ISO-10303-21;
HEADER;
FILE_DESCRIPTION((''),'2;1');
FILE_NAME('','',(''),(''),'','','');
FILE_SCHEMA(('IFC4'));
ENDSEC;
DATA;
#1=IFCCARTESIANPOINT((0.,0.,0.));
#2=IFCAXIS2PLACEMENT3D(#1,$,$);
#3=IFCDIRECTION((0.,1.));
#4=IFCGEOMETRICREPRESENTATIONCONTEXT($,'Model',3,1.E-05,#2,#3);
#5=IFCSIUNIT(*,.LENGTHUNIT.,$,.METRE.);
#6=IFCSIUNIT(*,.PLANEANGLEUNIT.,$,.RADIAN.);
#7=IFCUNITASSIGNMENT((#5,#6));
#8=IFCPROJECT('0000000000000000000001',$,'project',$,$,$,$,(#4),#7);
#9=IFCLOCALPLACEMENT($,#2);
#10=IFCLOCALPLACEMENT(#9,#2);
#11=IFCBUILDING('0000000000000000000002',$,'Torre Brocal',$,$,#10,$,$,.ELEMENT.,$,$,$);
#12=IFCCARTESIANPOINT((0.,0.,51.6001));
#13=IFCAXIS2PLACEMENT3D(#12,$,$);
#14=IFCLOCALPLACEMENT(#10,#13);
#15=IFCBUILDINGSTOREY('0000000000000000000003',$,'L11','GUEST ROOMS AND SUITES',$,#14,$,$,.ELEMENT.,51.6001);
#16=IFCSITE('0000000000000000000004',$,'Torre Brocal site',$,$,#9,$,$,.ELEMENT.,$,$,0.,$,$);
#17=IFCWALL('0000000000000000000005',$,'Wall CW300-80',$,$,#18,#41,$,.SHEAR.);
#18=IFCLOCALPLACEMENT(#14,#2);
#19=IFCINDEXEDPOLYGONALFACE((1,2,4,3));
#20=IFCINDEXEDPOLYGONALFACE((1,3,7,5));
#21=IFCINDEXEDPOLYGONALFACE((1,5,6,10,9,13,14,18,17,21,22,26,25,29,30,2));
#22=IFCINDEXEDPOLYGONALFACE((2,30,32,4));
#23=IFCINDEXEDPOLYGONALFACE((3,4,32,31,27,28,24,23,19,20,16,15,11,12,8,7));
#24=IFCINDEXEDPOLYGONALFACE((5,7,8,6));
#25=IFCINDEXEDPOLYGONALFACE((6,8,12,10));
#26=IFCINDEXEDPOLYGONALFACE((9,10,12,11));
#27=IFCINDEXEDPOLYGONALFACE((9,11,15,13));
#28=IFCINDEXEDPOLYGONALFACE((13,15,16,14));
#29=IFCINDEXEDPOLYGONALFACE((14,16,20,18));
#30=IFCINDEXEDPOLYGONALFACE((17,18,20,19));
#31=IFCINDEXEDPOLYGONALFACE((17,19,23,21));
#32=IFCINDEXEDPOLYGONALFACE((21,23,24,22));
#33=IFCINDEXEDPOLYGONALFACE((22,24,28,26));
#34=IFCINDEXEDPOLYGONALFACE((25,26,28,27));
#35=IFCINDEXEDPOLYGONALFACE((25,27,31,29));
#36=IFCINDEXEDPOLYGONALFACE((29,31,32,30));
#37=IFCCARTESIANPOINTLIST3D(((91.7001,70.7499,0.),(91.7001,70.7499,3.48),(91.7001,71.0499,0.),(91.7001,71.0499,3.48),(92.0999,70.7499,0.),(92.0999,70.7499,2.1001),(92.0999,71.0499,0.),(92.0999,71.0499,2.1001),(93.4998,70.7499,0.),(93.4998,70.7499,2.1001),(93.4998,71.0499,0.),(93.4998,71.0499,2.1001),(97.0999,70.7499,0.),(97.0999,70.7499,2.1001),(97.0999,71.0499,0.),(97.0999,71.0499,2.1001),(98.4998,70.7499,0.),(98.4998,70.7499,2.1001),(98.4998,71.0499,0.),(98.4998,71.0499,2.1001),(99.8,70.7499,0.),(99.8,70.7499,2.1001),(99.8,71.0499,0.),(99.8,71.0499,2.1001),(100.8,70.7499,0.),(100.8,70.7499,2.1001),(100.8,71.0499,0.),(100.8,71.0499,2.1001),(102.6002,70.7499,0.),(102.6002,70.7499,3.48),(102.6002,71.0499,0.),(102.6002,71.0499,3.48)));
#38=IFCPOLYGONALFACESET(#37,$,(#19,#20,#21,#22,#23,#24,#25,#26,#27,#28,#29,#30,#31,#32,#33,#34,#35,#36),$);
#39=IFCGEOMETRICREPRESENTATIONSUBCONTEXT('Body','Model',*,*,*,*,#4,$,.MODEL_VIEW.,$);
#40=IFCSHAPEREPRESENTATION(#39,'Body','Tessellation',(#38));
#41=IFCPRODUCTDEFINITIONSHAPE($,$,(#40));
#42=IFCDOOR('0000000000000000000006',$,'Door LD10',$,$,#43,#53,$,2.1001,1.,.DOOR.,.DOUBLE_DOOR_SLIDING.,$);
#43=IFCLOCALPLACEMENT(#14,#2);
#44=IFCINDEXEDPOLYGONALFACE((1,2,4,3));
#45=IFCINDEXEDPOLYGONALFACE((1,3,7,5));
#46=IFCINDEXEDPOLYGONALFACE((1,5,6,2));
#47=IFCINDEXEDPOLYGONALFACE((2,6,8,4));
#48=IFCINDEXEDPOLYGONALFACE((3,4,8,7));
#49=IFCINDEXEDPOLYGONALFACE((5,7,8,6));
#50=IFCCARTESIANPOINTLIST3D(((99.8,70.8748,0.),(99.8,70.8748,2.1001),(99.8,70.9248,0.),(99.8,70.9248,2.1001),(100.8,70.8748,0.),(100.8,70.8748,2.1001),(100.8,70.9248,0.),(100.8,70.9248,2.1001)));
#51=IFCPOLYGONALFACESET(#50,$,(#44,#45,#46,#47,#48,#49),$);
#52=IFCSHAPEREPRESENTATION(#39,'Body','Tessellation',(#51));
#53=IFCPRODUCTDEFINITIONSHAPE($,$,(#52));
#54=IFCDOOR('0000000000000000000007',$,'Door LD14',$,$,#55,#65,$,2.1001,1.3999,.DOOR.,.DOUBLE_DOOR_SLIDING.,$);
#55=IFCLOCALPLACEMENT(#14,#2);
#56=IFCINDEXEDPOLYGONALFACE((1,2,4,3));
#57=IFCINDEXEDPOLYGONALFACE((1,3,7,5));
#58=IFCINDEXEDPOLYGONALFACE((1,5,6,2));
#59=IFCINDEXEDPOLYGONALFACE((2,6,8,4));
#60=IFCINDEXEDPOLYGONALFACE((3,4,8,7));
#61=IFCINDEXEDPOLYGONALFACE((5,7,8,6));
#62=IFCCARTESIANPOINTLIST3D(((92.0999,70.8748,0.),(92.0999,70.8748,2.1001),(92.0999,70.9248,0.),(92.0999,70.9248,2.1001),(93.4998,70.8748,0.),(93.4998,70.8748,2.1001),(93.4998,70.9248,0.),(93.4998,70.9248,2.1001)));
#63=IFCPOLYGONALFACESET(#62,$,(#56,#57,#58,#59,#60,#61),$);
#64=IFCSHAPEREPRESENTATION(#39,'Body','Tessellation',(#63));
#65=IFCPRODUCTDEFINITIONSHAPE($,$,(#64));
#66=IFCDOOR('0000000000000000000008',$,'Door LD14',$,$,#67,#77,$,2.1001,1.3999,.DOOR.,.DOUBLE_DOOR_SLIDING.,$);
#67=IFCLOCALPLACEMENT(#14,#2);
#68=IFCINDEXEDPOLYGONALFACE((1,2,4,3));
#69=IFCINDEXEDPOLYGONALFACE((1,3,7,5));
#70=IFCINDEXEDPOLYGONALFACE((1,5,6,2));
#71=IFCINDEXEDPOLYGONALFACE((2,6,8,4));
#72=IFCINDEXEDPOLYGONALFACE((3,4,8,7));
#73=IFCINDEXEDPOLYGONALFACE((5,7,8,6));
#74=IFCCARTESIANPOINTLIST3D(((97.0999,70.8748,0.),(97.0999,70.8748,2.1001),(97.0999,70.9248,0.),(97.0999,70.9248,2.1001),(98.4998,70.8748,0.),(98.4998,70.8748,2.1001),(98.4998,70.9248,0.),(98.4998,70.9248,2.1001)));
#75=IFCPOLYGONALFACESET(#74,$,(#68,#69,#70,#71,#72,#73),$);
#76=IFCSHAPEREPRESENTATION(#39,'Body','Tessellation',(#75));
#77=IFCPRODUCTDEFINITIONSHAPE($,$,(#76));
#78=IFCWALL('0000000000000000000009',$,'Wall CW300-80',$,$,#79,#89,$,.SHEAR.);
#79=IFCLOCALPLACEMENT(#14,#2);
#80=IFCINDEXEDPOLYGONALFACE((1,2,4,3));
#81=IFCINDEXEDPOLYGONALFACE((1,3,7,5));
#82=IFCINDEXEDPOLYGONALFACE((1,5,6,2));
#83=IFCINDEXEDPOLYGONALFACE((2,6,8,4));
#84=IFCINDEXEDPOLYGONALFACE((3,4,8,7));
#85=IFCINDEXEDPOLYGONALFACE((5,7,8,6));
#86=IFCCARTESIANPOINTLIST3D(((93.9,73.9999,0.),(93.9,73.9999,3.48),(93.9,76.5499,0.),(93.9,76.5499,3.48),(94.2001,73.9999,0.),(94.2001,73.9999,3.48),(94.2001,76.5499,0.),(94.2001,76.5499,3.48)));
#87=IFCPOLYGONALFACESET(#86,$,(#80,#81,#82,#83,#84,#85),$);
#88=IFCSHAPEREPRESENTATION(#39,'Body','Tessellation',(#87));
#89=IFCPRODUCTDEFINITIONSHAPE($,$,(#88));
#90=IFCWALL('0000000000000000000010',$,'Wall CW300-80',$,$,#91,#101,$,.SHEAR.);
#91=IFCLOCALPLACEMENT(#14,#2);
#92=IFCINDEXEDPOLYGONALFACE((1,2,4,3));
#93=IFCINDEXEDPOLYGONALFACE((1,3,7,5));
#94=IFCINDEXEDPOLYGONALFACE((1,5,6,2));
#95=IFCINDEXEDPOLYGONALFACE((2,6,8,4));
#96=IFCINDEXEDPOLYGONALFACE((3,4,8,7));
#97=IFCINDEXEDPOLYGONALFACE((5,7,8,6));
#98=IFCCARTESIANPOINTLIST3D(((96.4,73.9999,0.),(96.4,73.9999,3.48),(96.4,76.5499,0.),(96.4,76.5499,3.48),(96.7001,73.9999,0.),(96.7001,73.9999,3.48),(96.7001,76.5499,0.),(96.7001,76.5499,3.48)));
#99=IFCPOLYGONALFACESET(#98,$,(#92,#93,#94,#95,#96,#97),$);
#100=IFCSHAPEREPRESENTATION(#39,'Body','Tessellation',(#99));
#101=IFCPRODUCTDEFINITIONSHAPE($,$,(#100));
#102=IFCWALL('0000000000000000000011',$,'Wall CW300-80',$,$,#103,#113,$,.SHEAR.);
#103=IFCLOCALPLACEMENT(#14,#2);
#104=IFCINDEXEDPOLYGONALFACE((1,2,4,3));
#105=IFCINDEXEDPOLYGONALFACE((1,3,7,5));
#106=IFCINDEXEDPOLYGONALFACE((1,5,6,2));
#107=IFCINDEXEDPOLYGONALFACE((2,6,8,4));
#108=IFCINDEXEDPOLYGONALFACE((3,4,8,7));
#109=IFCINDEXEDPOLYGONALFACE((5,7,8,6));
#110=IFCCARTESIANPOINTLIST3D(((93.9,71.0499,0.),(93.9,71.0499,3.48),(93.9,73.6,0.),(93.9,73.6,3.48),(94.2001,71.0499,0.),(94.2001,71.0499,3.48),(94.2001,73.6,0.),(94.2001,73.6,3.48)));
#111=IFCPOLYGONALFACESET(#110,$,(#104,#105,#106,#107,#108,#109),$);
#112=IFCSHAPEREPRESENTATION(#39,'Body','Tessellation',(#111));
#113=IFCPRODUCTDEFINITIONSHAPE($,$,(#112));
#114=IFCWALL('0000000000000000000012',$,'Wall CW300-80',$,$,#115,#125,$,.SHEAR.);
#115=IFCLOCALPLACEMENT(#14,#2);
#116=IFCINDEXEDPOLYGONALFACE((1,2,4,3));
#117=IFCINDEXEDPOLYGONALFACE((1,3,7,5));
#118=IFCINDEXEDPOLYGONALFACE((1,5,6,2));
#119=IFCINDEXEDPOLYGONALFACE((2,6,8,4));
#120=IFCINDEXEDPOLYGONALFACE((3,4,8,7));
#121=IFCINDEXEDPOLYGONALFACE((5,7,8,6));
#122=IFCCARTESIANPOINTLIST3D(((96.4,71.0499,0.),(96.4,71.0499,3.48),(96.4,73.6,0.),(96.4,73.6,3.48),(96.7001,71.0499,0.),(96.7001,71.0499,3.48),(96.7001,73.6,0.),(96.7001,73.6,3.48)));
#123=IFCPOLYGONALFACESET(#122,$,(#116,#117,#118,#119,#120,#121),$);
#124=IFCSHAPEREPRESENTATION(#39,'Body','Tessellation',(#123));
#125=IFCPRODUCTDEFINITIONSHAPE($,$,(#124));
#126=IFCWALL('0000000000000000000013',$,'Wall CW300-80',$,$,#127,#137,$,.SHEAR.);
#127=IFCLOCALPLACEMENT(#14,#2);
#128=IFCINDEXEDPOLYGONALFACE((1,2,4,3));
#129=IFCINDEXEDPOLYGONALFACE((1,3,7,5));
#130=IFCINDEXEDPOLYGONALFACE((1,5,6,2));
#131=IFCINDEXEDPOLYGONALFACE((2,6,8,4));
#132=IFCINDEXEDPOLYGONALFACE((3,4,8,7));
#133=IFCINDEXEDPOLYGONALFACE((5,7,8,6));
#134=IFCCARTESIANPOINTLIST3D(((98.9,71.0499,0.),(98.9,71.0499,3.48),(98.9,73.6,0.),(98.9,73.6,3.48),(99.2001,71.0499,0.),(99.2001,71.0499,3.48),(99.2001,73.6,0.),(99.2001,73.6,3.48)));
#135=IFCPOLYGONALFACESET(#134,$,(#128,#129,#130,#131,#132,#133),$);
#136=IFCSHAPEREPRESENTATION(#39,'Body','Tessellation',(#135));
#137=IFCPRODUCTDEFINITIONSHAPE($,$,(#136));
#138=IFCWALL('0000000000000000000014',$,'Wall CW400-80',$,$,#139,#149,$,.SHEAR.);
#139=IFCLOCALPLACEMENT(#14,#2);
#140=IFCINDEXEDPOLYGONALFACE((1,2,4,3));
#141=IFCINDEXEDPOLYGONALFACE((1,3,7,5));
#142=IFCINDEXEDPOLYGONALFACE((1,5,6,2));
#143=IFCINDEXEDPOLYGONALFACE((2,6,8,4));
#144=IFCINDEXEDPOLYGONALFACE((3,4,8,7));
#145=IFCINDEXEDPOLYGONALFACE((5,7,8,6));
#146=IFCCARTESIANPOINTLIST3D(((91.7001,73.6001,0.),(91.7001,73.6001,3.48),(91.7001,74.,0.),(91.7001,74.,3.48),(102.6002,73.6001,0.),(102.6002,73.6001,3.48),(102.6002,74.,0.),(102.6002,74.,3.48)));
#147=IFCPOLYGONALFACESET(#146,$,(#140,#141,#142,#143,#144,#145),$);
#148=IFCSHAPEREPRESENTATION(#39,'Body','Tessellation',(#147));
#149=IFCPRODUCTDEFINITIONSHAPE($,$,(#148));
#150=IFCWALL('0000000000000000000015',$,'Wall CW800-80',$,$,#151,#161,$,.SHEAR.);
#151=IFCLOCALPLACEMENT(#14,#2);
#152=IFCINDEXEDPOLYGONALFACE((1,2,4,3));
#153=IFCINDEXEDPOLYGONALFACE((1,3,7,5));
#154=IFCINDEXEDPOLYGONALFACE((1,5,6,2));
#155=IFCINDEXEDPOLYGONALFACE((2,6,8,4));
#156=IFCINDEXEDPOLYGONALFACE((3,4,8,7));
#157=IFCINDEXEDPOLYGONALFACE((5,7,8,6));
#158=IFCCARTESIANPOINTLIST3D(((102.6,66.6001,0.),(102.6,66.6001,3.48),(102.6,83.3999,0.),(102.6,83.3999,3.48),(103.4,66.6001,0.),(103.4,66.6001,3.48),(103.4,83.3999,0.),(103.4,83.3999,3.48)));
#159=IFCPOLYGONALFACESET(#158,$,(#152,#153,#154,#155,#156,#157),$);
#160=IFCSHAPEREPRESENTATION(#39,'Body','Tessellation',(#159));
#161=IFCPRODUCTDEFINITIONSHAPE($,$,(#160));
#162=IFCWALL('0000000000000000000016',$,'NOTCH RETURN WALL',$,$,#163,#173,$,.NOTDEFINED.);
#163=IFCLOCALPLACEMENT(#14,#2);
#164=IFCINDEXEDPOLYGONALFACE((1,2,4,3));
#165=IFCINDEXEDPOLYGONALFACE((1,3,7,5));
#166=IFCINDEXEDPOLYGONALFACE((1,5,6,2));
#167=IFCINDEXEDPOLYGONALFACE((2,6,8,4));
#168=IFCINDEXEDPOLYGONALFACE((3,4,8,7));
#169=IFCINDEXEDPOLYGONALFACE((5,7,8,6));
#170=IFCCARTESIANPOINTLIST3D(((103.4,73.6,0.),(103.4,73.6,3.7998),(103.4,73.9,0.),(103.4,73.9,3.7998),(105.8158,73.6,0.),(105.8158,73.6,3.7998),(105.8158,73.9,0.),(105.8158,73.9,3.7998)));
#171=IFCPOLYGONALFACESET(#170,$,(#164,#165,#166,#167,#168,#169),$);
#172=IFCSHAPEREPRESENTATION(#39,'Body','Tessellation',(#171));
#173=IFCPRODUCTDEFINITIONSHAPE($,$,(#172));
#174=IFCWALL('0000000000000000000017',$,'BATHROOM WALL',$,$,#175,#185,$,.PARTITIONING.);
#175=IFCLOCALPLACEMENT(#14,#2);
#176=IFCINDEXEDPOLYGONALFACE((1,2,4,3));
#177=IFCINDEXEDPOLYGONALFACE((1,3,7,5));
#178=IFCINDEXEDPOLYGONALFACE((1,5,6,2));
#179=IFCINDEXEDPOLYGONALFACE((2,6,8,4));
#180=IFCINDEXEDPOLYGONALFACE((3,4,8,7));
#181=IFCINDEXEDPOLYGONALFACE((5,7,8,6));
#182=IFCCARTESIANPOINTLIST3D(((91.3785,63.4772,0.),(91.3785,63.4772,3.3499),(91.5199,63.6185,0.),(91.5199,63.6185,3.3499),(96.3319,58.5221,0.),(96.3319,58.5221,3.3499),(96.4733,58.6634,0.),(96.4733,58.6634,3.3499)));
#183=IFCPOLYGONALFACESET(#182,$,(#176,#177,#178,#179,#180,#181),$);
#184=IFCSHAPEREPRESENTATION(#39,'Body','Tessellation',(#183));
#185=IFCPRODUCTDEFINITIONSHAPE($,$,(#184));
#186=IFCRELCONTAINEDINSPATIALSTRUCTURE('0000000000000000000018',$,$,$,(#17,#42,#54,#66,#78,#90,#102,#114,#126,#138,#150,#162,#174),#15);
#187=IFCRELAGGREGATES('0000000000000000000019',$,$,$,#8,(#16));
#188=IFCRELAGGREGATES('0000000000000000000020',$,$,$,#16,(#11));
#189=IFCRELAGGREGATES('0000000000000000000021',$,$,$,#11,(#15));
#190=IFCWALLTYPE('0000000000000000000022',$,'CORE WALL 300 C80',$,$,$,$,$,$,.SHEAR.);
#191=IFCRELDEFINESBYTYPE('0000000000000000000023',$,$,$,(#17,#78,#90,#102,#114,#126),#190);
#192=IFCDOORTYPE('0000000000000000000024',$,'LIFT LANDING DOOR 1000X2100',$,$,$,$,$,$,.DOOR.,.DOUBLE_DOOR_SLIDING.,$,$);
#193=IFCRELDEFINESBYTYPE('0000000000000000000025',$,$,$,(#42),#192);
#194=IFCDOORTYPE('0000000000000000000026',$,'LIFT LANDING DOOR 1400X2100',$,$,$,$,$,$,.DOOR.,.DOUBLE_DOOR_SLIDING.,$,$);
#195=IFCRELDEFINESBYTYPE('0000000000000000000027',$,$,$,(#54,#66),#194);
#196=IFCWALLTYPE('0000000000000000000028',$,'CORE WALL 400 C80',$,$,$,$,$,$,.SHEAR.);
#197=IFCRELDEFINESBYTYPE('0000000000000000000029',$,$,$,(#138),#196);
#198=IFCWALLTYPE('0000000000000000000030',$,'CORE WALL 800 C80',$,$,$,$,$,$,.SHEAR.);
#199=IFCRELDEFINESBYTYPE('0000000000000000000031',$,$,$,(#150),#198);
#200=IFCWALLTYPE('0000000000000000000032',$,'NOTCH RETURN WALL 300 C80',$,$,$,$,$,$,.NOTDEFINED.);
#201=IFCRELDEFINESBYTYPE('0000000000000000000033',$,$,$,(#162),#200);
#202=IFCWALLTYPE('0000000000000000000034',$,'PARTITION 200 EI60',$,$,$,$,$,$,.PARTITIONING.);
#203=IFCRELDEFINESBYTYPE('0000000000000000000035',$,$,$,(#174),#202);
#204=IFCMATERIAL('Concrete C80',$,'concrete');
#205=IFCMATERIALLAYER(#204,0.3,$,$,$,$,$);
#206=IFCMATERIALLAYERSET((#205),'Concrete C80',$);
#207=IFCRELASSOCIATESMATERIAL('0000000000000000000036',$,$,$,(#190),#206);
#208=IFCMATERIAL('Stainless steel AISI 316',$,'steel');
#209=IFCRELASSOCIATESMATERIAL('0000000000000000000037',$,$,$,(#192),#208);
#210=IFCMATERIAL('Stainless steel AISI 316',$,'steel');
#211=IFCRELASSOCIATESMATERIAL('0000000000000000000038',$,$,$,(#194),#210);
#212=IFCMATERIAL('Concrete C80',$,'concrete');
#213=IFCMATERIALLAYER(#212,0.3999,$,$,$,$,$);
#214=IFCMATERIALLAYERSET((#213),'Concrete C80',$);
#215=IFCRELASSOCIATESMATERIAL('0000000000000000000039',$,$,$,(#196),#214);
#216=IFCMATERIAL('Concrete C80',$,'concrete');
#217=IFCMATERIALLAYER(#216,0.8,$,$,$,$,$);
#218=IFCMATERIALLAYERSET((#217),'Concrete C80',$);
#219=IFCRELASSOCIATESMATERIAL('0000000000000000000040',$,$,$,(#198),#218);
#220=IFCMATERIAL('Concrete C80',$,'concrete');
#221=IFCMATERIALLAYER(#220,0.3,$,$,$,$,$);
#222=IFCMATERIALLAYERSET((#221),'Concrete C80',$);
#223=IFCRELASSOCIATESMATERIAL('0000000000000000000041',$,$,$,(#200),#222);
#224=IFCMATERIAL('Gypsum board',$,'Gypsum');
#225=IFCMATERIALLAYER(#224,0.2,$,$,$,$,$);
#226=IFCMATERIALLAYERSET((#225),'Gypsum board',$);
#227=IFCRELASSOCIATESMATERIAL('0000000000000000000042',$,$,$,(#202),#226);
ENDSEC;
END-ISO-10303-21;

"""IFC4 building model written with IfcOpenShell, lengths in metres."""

from ifc_helpers import new_model, si_unit, direction, frame, frame_2d, origin, place, context, subcontext, project, spatial, rectangle, extrude, material, layer, layer_set, type_object, element, fill, save


model = new_model("IFC4")

# Units and contexts
model_context = context("Model", 3, precision=1e-05, world=origin(), true_north=direction((0.0, 1.0)))
body_context = subcontext(model_context, "Body", "Model", "MODEL_VIEW")
ifc_project = project(units=[si_unit("LENGTHUNIT", "METRE"), si_unit("PLANEANGLEUNIT", "RADIAN")], contexts=[model_context])

# Site, building, storey
site_placement = place(None, origin())
site = spatial("IfcSite", under=ifc_project, at=site_placement, Name="Torre Brocal site", CompositionType="ELEMENT", RefElevation=0.0)
building_placement = place(site_placement, origin())
building = spatial("IfcBuilding", under=site, at=building_placement, Name="Torre Brocal", CompositionType="ELEMENT")
storey_placement = place(building_placement, frame((0.0, 0.0, 51.6001)))
storey = spatial("IfcBuildingStorey", under=building, at=storey_placement, Name="L11", Description="GUEST ROOMS AND SUITES", CompositionType="ELEMENT", Elevation=51.6001)

# Shared definitions
ifc_material_1 = material(Name="Concrete C80", Category="concrete")
ifc_layer_1 = layer(ifc_material_1, 0.3)
ifc_layer_set_1 = layer_set([ifc_layer_1], Name="Concrete C80")
wall_type_1 = type_object("IfcWallType", Name="CORE WALL 300 C80", PredefinedType="SHEAR", material=ifc_layer_set_1)

# Wall, openings, doors
wall_1_placement = place(storey_placement, frame((91.7, 70.8999, 0.0), z_axis=(0.0, 0.0, 1.0), x_axis=(1.0, 0.0, 0.0)))
wall_1 = element("IfcWall", 1, at=wall_1_placement, inside=storey, type_object=wall_type_1, Name="Wall CW300-80", PredefinedType="SHEAR", context=body_context, shape_type="SweptSolid", body=[
    extrude(rectangle(XDim=10.9001, YDim=0.3, at=frame_2d((5.4502, 0.0))), origin(), (0.0, 0.0, 1.0), 3.48),
])
opening_1_placement = place(wall_1_placement, frame((0.3999, 0.0, 0.0)))
opening_1 = element("IfcOpeningElement", 2, at=opening_1_placement, cuts=wall_1, PredefinedType="OPENING", context=body_context, shape_type="SweptSolid", body=[
    extrude(rectangle(XDim=1.3999, YDim=2.1001, at=frame_2d((0.7, 1.05))), frame((0.0, 0.1599, 0.0), z_axis=(0.0, -1.0, 0.0), x_axis=(1.0, 0.0, 0.0)), (0.0, 0.0, 1.0), 0.3201),
])
opening_2_placement = place(wall_1_placement, frame((5.3999, 0.0, 0.0)))
opening_2 = element("IfcOpeningElement", 3, at=opening_2_placement, cuts=wall_1, PredefinedType="OPENING", context=body_context, shape_type="SweptSolid", body=[
    extrude(rectangle(XDim=1.3999, YDim=2.1001, at=frame_2d((0.7, 1.05))), frame((0.0, 0.1599, 0.0), z_axis=(0.0, -1.0, 0.0), x_axis=(1.0, 0.0, 0.0)), (0.0, 0.0, 1.0), 0.3201),
])
opening_3_placement = place(wall_1_placement, frame((8.1001, 0.0, 0.0)))
opening_3 = element("IfcOpeningElement", 4, at=opening_3_placement, cuts=wall_1, PredefinedType="OPENING", context=body_context, shape_type="SweptSolid", body=[
    extrude(rectangle(XDim=1.0, YDim=2.1001, at=frame_2d((0.5, 1.05))), frame((0.0, 0.1599, 0.0), z_axis=(0.0, -1.0, 0.0), x_axis=(1.0, 0.0, 0.0)), (0.0, 0.0, 1.0), 0.3201),
])
ifc_material_2 = material(Name="Stainless steel AISI 316", Category="steel")
door_type_1 = type_object("IfcDoorType", Name="LIFT LANDING DOOR 1000X2100", OperationType="DOUBLE_DOOR_SLIDING", PredefinedType="DOOR", material=ifc_material_2)
door_1_placement = place(opening_3_placement, origin())
door_1 = element("IfcDoor", 5, at=door_1_placement, inside=storey, type_object=door_type_1, Name="Door LD10", OperationType="DOUBLE_DOOR_SLIDING", OverallHeight=2.1001, OverallWidth=1.0, PredefinedType="DOOR", context=body_context, shape_type="SweptSolid", body=[
    extrude(rectangle(XDim=1.0, YDim=2.1001, at=frame_2d((0.5, 1.05))), frame((0.0, 0.0249, 0.0), z_axis=(0.0, -1.0, 0.0), x_axis=(1.0, 0.0, 0.0)), (0.0, 0.0, 1.0), 0.05),
])
fill(opening_3, door_1)
ifc_material_3 = material(Name="Stainless steel AISI 316", Category="steel")
door_type_2 = type_object("IfcDoorType", Name="LIFT LANDING DOOR 1400X2100", OperationType="DOUBLE_DOOR_SLIDING", PredefinedType="DOOR", material=ifc_material_3)
door_2_placement = place(opening_1_placement, origin())
door_2 = element("IfcDoor", 6, at=door_2_placement, inside=storey, type_object=door_type_2, Name="Door LD14", OperationType="DOUBLE_DOOR_SLIDING", OverallHeight=2.1001, OverallWidth=1.3999, PredefinedType="DOOR", context=body_context, shape_type="SweptSolid", body=[
    extrude(rectangle(XDim=1.3999, YDim=2.1001, at=frame_2d((0.7, 1.05))), frame((0.0, 0.0249, 0.0), z_axis=(0.0, -1.0, 0.0), x_axis=(1.0, 0.0, 0.0)), (0.0, 0.0, 1.0), 0.05),
])
fill(opening_1, door_2)
door_3_placement = place(opening_2_placement, origin())
door_3 = element("IfcDoor", 7, at=door_3_placement, inside=storey, type_object=door_type_2, Name="Door LD14", OperationType="DOUBLE_DOOR_SLIDING", OverallHeight=2.1001, OverallWidth=1.3999, PredefinedType="DOOR", context=body_context, shape_type="SweptSolid", body=[
    extrude(rectangle(XDim=1.3999, YDim=2.1001, at=frame_2d((0.7, 1.05))), frame((0.0, 0.0249, 0.0), z_axis=(0.0, -1.0, 0.0), x_axis=(1.0, 0.0, 0.0)), (0.0, 0.0, 1.0), 0.05),
])
fill(opening_2, door_3)

# Walls
for number, where, z_axis, x_axis, name in (
    (8, (94.05, 74.0, 0.0), (0.0, 0.0, 1.0), (0.0, 1.0, 0.0), "Wall CW300-80"),
    (9, (96.55, 74.0, 0.0), (0.0, 0.0, 1.0), (0.0, 1.0, 0.0), "Wall CW300-80"),
    (10, (94.05, 71.05, 0.0), (0.0, 0.0, 1.0), (0.0, 1.0, 0.0), "Wall CW300-80"),
    (11, (96.55, 71.05, 0.0), (0.0, 0.0, 1.0), (0.0, 1.0, 0.0), "Wall CW300-80"),
    (12, (99.05, 71.05, 0.0), (0.0, 0.0, 1.0), (0.0, 1.0, 0.0), "Wall CW300-80"),
):
    element("IfcWall", number, at=place(storey_placement, frame(where, z_axis=z_axis, x_axis=x_axis)), inside=storey, type_object=wall_type_1, Name=name, PredefinedType="SHEAR", context=body_context, shape_type="SweptSolid", body=[
        extrude(rectangle(XDim=2.55, YDim=0.3, at=frame_2d((1.2749, 0.0))), origin(), (0.0, 0.0, 1.0), 3.48),
    ])
ifc_material_4 = material(Name="Concrete C80", Category="concrete")
ifc_layer_2 = layer(ifc_material_4, 0.3999)
ifc_layer_set_2 = layer_set([ifc_layer_2], Name="Concrete C80")
wall_type_2 = type_object("IfcWallType", Name="CORE WALL 400 C80", PredefinedType="SHEAR", material=ifc_layer_set_2)
wall_2_placement = place(storey_placement, frame((91.7, 73.8, 0.0), z_axis=(0.0, 0.0, 1.0), x_axis=(1.0, 0.0, 0.0)))
element("IfcWall", 13, at=wall_2_placement, inside=storey, type_object=wall_type_2, Name="Wall CW400-80", PredefinedType="SHEAR", context=body_context, shape_type="SweptSolid", body=[
    extrude(rectangle(XDim=10.9001, YDim=0.3999, at=frame_2d((5.4502, 0.0))), origin(), (0.0, 0.0, 1.0), 3.48),
])
ifc_material_5 = material(Name="Concrete C80", Category="concrete")
ifc_layer_3 = layer(ifc_material_5, 0.8)
ifc_layer_set_3 = layer_set([ifc_layer_3], Name="Concrete C80")
wall_type_3 = type_object("IfcWallType", Name="CORE WALL 800 C80", PredefinedType="SHEAR", material=ifc_layer_set_3)
wall_3_placement = place(storey_placement, frame((103.0, 66.6001, 0.0), z_axis=(0.0, 0.0, 1.0), x_axis=(0.0, 1.0, 0.0)))
element("IfcWall", 14, at=wall_3_placement, inside=storey, type_object=wall_type_3, Name="Wall CW800-80", PredefinedType="SHEAR", context=body_context, shape_type="SweptSolid", body=[
    extrude(rectangle(XDim=16.7998, YDim=0.8, at=frame_2d((8.3999, 0.0))), origin(), (0.0, 0.0, 1.0), 3.48),
])
ifc_material_6 = material(Name="Concrete C80", Category="concrete")
ifc_layer_4 = layer(ifc_material_6, 0.3)
ifc_layer_set_4 = layer_set([ifc_layer_4], Name="Concrete C80")
wall_type_4 = type_object("IfcWallType", Name="NOTCH RETURN WALL 300 C80", PredefinedType="NOTDEFINED", material=ifc_layer_set_4)
wall_4_placement = place(storey_placement, frame((103.3999, 73.75, 0.0), z_axis=(0.0, 0.0, 1.0), x_axis=(1.0, 0.0, 0.0)))
element("IfcWall", 15, at=wall_4_placement, inside=storey, type_object=wall_type_4, Name="NOTCH RETURN WALL", PredefinedType="NOTDEFINED", context=body_context, shape_type="SweptSolid", body=[
    extrude(rectangle(XDim=2.4158, YDim=0.3, at=frame_2d((1.208, 0.0))), origin(), (0.0, 0.0, 1.0), 3.7998),
])
ifc_material_7 = material(Name="Gypsum board", Category="Gypsum")
ifc_layer_5 = layer(ifc_material_7, 0.2)
ifc_layer_set_5 = layer_set([ifc_layer_5], Name="Gypsum board")
wall_type_5 = type_object("IfcWallType", Name="PARTITION 200 EI60", PredefinedType="PARTITIONING", material=ifc_layer_set_5)
wall_5_placement = place(storey_placement, frame((91.4492, 63.5479, 0.0), z_axis=(0.0, 0.0, 1.0), x_axis=(0.706985, -0.707229, 0.0)))
element("IfcWall", 16, at=wall_5_placement, inside=storey, type_object=wall_type_5, Name="BATHROOM WALL", PredefinedType="PARTITIONING", context=body_context, shape_type="SweptSolid", body=[
    extrude(rectangle(XDim=7.0063, YDim=0.2, at=frame_2d((3.5032, 0.0))), origin(), (0.0, 0.0, 1.0), 3.3499),
])

save(model, "model.ifc")
